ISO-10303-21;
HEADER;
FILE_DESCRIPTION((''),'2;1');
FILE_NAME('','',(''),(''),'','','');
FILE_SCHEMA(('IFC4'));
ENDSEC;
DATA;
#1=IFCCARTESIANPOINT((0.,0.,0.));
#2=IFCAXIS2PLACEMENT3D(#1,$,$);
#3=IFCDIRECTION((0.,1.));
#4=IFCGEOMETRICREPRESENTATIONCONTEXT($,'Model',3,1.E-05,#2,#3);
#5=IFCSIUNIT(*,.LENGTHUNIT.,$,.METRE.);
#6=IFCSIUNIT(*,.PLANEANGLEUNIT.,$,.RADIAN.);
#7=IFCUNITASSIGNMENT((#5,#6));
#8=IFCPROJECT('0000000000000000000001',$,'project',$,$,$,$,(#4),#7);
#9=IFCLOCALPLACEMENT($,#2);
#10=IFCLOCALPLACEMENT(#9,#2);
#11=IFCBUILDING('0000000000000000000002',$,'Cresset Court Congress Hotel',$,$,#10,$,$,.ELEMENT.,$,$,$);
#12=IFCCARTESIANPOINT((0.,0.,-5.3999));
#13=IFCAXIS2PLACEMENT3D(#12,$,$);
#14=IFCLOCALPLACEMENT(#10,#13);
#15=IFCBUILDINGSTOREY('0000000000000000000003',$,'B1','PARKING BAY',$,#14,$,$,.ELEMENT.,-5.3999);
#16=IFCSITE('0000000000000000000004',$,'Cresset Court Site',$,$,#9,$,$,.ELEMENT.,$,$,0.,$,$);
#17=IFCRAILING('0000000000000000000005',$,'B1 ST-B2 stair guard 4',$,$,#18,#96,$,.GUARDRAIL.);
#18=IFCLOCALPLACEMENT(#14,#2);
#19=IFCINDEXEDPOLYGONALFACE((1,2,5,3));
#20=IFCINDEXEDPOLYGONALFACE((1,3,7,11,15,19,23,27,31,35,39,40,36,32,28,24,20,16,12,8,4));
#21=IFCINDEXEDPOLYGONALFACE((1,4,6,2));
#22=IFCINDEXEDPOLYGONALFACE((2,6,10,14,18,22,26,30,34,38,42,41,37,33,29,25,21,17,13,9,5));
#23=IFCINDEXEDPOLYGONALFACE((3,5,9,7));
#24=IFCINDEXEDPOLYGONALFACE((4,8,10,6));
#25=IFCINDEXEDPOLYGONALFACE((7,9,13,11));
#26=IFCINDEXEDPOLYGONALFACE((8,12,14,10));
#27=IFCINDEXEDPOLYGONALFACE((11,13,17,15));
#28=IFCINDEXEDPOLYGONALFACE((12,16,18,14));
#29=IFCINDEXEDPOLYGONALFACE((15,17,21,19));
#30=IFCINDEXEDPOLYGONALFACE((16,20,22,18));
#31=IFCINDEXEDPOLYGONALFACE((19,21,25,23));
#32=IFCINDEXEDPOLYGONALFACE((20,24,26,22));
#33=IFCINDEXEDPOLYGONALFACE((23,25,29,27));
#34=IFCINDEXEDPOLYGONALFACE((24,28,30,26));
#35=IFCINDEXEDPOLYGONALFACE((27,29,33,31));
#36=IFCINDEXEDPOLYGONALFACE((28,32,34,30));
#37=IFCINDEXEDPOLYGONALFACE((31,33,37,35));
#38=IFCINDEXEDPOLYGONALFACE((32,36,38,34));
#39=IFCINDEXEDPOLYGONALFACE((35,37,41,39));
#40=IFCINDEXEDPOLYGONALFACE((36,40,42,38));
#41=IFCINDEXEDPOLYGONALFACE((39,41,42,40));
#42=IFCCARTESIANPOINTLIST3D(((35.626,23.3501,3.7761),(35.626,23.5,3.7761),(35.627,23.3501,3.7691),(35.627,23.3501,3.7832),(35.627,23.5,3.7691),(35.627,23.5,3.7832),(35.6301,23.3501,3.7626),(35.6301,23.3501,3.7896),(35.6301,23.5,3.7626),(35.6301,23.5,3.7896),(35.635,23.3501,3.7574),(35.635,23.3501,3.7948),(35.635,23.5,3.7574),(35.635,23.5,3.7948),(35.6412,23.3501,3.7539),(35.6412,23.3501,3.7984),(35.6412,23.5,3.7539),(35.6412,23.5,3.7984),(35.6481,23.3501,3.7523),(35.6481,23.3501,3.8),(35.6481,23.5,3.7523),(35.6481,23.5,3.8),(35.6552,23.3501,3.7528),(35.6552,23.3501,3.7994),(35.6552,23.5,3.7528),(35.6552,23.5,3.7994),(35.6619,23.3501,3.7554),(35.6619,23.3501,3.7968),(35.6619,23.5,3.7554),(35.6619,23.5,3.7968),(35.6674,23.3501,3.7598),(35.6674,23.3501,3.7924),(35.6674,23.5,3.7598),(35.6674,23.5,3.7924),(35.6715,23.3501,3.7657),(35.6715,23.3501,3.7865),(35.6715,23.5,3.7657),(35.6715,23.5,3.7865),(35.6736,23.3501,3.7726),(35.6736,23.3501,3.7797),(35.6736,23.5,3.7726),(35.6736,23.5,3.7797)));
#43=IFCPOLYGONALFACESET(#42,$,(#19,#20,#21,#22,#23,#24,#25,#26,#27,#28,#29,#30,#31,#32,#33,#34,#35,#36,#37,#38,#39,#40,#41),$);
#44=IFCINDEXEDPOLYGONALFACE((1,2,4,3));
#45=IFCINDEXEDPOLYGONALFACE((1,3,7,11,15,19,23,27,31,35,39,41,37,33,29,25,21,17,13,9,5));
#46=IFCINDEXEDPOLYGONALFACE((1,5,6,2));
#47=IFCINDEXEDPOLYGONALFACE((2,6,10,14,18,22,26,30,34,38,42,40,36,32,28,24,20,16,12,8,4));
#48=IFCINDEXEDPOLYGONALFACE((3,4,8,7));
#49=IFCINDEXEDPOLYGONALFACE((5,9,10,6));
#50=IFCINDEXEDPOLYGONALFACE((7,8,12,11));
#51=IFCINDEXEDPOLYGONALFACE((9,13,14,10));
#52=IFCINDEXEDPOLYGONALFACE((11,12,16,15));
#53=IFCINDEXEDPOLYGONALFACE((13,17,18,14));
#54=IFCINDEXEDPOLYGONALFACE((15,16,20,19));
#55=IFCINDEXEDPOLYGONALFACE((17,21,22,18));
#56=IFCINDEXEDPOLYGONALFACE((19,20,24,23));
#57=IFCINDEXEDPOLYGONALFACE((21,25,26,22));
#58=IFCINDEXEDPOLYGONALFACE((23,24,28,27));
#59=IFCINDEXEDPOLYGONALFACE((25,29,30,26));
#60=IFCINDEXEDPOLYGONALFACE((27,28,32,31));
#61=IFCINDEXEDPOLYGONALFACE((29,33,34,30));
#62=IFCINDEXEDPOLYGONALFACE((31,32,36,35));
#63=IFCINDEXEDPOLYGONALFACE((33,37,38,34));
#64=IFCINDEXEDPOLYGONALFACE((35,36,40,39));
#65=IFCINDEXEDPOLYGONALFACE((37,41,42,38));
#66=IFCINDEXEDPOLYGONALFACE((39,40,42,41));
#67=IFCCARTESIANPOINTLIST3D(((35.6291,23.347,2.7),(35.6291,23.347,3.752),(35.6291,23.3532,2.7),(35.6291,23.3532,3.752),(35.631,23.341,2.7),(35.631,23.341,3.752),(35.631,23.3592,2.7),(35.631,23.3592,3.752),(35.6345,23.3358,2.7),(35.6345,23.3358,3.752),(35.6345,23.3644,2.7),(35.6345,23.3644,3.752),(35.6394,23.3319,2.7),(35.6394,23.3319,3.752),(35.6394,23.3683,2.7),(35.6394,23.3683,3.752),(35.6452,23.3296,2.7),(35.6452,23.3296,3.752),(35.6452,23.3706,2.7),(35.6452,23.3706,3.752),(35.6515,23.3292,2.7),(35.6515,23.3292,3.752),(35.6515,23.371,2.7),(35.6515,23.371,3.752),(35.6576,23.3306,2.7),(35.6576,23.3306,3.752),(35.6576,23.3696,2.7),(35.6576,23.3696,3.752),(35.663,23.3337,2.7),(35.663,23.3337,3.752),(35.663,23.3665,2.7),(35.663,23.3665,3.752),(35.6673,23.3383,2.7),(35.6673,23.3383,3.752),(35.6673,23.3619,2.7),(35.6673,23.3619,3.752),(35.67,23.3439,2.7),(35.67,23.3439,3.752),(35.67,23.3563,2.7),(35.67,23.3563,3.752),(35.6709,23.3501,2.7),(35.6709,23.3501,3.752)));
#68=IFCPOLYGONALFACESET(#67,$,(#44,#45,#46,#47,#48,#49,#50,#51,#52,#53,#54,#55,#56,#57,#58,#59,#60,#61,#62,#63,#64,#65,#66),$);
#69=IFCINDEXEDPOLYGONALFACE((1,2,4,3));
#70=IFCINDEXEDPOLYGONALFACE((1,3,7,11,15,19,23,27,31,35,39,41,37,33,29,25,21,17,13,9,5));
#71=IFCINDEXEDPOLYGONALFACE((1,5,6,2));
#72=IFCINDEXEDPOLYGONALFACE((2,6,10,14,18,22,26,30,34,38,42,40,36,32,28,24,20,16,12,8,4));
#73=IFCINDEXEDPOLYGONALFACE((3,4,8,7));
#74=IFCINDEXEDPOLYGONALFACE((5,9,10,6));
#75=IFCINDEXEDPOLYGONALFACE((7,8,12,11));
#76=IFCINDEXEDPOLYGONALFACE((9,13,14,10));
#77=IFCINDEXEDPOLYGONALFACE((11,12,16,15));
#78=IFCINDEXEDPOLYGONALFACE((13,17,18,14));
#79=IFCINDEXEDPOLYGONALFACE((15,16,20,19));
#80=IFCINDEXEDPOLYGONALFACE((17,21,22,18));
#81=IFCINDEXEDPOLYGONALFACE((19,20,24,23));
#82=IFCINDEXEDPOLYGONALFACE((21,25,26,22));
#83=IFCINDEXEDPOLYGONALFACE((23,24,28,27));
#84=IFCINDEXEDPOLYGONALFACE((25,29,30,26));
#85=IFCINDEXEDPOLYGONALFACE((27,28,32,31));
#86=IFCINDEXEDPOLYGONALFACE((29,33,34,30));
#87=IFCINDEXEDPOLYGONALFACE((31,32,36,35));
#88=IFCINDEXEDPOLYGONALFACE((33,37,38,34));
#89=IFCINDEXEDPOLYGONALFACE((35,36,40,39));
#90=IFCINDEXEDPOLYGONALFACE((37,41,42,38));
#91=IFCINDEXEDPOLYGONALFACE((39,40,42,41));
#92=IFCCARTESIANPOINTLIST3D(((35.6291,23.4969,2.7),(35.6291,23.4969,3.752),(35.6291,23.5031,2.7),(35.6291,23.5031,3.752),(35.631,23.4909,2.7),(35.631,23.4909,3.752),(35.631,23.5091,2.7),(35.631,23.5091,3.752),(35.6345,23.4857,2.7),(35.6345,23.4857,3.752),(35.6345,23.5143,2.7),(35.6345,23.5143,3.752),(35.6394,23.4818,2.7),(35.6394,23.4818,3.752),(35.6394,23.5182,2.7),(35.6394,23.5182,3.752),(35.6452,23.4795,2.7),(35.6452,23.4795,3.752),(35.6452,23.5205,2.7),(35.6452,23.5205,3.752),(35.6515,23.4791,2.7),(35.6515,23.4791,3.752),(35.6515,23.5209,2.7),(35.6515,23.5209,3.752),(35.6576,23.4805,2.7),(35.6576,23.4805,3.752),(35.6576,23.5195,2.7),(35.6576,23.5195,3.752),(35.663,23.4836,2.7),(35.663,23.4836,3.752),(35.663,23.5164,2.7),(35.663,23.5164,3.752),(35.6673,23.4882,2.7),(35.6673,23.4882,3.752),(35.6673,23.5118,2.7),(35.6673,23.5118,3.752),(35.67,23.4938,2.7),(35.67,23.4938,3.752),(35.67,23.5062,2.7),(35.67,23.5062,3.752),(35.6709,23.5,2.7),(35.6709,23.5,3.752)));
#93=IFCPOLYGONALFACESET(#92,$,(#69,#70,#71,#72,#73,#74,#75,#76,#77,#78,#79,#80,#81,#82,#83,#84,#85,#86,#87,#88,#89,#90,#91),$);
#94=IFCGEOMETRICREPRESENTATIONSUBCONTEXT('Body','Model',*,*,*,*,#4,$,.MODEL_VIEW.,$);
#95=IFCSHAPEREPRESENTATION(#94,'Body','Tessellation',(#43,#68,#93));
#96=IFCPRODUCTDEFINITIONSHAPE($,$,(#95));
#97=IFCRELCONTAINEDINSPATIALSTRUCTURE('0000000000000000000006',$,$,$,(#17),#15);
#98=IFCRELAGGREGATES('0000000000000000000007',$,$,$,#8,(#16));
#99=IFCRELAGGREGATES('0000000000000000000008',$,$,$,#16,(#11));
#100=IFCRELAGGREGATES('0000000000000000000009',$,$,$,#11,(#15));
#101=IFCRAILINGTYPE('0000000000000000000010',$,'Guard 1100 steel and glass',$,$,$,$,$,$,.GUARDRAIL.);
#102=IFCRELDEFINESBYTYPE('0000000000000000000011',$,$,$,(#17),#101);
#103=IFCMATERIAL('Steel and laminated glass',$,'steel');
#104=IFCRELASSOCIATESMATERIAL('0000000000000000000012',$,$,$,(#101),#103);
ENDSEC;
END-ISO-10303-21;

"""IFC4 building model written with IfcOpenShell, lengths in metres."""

from ifc_helpers import new_model, si_unit, direction, frame, origin, origin_2d, place, context, subcontext, project, spatial, circle, extrude, material, type_object, element, save


model = new_model("IFC4")

# Units and contexts
model_context = context("Model", 3, precision=1e-05, world=origin(), true_north=direction((0.0, 1.0)))
body_context = subcontext(model_context, "Body", "Model", "MODEL_VIEW")
ifc_project = project(units=[si_unit("LENGTHUNIT", "METRE"), si_unit("PLANEANGLEUNIT", "RADIAN")], contexts=[model_context])

# Site, building, storey
site_placement = place(None, origin())
site = spatial("IfcSite", under=ifc_project, at=site_placement, Name="Cresset Court Site", CompositionType="ELEMENT", RefElevation=0.0)
building_placement = place(site_placement, origin())
building = spatial("IfcBuilding", under=site, at=building_placement, Name="Cresset Court Congress Hotel", CompositionType="ELEMENT")
storey_placement = place(building_placement, frame((0.0, 0.0, -5.3999)))
storey = spatial("IfcBuildingStorey", under=building, at=storey_placement, Name="B1", Description="PARKING BAY", CompositionType="ELEMENT", Elevation=-5.3999)

# Railing
ifc_material_1 = material(Name="Steel and laminated glass", Category="steel")
railing_type_1 = type_object("IfcRailingType", Name="Guard 1100 steel and glass", PredefinedType="GUARDRAIL", material=ifc_material_1)
railing_1_placement = place(storey_placement, frame((35.6499, 23.3501, 2.7)))
element("IfcRailing", 1, at=railing_1_placement, inside=storey, type_object=railing_type_1, Name="B1 ST-B2 stair guard 4", PredefinedType="GUARDRAIL", context=body_context, shape_type="SweptSolid", body=[
    extrude(circle(Radius=0.0239, at=origin_2d()), frame((0.0, 0.0, 1.0762), z_axis=(0.0, 1.0, 0.0), x_axis=(-1.0, 0.0, 0.0)), (0.0, 0.0, 1.0), 0.1499),
    extrude(circle(Radius=0.021, at=origin_2d()), origin(), (0.0, 0.0, 1.0), 1.052),
    extrude(circle(Radius=0.021, at=origin_2d()), frame((0.0, 0.1499, 0.0)), (0.0, 0.0, 1.0), 1.052),
])

save(model, "model.ifc")
